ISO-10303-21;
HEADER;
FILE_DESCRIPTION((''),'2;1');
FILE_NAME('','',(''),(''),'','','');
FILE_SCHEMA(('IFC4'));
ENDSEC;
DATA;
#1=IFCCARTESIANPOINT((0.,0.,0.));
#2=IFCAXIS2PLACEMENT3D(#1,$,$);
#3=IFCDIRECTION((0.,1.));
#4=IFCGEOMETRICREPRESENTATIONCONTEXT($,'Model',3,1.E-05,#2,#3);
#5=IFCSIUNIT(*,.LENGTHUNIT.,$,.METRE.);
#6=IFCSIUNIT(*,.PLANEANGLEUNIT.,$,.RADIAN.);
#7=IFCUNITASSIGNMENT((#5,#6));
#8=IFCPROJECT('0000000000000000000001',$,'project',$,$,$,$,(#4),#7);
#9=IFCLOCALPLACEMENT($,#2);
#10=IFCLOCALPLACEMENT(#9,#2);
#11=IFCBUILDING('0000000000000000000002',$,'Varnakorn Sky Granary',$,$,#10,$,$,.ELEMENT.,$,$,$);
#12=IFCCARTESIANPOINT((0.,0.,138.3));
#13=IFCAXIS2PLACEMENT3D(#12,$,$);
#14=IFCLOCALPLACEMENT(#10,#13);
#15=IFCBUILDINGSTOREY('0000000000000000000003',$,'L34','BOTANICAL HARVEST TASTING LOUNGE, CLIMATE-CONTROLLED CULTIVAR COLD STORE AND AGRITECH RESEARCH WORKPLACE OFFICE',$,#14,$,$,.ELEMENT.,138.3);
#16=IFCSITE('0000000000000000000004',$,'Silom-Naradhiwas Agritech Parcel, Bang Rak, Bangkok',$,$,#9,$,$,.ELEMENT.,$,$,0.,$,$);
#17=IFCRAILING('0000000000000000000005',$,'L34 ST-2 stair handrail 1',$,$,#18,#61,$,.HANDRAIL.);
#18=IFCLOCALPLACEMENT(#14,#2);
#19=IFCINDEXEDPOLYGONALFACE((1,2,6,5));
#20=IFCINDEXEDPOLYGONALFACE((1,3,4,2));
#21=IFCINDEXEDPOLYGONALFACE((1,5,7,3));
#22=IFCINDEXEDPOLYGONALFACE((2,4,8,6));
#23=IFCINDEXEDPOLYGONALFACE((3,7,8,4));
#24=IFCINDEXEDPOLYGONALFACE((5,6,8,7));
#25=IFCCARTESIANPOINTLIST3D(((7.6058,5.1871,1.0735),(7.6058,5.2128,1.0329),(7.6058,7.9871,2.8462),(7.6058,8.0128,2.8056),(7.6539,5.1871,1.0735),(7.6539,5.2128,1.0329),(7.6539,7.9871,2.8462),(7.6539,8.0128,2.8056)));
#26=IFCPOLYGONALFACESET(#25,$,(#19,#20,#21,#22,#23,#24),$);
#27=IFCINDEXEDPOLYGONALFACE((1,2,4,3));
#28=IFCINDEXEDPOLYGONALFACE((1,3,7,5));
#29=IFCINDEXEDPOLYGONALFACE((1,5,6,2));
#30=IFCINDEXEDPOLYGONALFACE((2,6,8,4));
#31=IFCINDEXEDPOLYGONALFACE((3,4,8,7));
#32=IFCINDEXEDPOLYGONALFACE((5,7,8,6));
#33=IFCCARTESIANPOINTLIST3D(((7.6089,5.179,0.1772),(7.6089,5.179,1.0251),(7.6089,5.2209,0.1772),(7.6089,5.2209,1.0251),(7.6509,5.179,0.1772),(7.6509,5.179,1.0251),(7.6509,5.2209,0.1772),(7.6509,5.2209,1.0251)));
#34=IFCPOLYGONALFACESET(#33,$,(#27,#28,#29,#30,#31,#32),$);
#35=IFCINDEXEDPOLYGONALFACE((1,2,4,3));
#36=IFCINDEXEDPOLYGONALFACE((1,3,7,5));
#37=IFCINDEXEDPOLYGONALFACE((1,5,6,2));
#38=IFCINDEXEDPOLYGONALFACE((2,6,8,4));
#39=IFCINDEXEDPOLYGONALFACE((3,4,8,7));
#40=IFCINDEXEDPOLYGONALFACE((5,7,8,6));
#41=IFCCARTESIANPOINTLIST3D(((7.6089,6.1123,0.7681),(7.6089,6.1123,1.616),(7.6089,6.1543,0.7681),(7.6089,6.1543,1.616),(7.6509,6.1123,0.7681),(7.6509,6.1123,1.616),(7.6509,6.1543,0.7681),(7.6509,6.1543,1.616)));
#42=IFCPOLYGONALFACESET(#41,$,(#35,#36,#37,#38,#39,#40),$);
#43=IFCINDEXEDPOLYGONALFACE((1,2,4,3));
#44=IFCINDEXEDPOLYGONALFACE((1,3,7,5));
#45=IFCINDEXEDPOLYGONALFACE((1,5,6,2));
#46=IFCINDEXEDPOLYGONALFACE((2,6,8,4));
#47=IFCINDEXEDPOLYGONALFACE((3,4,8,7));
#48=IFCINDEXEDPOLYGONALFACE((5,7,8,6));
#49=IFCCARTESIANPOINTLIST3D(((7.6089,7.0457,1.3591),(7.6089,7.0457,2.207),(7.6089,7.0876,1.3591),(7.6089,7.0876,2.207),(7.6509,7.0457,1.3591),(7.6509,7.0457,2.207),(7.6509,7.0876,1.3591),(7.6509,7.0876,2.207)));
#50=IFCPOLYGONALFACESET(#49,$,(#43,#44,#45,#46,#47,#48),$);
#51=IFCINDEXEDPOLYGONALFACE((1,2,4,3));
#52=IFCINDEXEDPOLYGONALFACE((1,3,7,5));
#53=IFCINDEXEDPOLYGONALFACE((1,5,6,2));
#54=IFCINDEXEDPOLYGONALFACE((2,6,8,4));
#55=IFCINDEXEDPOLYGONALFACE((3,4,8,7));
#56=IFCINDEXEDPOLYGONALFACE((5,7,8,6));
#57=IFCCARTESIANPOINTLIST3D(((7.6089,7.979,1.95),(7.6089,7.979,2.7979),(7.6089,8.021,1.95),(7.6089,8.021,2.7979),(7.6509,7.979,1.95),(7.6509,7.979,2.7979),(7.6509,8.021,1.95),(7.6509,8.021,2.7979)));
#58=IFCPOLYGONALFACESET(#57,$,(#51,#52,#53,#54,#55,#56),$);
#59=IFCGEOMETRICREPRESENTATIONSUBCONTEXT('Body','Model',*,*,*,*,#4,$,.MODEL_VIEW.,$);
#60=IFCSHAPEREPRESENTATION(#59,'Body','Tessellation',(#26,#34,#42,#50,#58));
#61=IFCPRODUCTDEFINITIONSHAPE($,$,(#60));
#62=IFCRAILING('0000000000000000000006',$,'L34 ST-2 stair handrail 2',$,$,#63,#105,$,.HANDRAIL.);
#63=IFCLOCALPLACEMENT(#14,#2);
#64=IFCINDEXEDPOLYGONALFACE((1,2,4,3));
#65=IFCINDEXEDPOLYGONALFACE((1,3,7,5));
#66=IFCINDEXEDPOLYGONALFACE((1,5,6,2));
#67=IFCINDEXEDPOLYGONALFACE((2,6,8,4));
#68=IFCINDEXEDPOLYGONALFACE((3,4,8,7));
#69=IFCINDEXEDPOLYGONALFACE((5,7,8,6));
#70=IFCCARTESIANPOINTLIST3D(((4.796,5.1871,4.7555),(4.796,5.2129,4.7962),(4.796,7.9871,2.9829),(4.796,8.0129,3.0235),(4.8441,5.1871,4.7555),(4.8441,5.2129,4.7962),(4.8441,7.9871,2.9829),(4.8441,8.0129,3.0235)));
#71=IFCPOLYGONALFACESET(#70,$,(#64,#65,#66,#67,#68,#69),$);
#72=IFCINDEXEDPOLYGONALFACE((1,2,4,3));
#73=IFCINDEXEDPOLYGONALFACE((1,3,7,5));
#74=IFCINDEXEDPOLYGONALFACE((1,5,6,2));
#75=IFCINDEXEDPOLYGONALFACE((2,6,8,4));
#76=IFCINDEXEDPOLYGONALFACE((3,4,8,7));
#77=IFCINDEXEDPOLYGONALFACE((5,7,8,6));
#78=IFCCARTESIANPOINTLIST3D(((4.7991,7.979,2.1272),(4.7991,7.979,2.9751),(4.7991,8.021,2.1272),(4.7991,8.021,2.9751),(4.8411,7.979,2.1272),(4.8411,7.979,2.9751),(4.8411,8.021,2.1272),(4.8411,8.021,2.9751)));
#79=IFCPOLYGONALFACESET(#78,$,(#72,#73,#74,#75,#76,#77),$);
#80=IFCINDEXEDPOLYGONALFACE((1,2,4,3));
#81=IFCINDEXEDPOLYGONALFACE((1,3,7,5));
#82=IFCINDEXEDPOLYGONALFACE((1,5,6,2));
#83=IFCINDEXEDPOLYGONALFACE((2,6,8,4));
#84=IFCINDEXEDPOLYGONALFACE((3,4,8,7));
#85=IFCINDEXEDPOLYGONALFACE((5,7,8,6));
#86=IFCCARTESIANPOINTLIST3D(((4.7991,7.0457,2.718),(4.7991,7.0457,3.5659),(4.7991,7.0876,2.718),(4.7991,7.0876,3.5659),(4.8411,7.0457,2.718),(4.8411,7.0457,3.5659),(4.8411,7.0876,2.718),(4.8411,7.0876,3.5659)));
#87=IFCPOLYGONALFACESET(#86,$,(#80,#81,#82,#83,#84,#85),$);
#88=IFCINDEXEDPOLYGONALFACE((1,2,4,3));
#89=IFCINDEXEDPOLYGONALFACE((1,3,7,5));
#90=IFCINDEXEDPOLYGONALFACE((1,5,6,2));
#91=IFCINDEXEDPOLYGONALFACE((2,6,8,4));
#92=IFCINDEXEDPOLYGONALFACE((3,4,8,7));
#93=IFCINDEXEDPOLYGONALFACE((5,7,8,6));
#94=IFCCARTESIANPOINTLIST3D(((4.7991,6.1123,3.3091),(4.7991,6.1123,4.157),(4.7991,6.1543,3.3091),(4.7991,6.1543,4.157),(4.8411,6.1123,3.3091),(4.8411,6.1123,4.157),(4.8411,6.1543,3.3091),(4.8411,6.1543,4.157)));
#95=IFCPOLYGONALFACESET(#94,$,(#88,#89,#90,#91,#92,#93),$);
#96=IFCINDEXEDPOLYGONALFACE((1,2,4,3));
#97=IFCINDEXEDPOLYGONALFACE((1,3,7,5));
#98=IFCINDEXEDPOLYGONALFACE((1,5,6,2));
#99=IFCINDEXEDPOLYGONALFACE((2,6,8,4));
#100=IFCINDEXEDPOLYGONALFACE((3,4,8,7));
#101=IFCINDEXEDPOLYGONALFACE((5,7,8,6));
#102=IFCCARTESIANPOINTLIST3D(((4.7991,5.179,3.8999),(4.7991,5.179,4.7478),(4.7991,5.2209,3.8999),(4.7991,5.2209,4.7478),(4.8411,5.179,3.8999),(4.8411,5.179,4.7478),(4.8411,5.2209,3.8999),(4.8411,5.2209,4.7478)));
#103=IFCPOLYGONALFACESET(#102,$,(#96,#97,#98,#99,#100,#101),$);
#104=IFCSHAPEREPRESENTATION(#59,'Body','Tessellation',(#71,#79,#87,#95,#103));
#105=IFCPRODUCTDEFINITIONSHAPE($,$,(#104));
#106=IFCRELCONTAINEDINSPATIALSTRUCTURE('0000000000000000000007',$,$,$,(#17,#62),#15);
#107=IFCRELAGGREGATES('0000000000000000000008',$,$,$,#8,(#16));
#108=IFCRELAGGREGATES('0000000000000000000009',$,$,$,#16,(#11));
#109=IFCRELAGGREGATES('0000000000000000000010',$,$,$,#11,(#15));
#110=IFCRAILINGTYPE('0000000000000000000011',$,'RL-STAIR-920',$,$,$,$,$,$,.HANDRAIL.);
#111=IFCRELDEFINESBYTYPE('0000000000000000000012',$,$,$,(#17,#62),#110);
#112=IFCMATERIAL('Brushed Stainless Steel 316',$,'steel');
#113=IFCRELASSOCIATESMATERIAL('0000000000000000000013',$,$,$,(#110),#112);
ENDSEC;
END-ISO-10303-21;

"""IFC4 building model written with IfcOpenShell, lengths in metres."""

from ifc_helpers import new_model, si_unit, direction, frame, origin, origin_2d, place, context, subcontext, project, spatial, rectangle, extrude, material, type_object, element, save


model = new_model("IFC4")

# Units and contexts
model_context = context("Model", 3, precision=1e-05, world=origin(), true_north=direction((0.0, 1.0)))
body_context = subcontext(model_context, "Body", "Model", "MODEL_VIEW")
ifc_project = project(units=[si_unit("LENGTHUNIT", "METRE"), si_unit("PLANEANGLEUNIT", "RADIAN")], contexts=[model_context])

# Site, building, storey
site_placement = place(None, origin())
site = spatial("IfcSite", under=ifc_project, at=site_placement, Name="Silom-Naradhiwas Agritech Parcel, Bang Rak, Bangkok", CompositionType="ELEMENT", RefElevation=0.0)
building_placement = place(site_placement, origin())
building = spatial("IfcBuilding", under=site, at=building_placement, Name="Varnakorn Sky Granary", CompositionType="ELEMENT")
storey_placement = place(building_placement, frame((0.0, 0.0, 138.3)))
storey = spatial("IfcBuildingStorey", under=building, at=storey_placement, Name="L34", Description="BOTANICAL HARVEST TASTING LOUNGE, CLIMATE-CONTROLLED CULTIVAR COLD STORE AND AGRITECH RESEARCH WORKPLACE OFFICE", CompositionType="ELEMENT", Elevation=138.3)

# Railings
ifc_material_1 = material(Name="Brushed Stainless Steel 316", Category="steel")
railing_type_1 = type_object("IfcRailingType", Name="RL-STAIR-920", PredefinedType="HANDRAIL", material=ifc_material_1)
for number, where, name in (
    (1, (7.6299, 5.2, 0.1772), "L34 ST-2 stair handrail 1"),
):
    element("IfcRailing", number, at=place(storey_placement, frame(where)), inside=storey, type_object=railing_type_1, Name=name, PredefinedType="HANDRAIL", context=body_context, shape_type="SweptSolid", body=[
        extrude(rectangle(XDim=0.0481, YDim=0.0481, at=origin_2d()), frame((0.0, 0.0, 0.876), z_axis=(0.0, 0.844909, 0.53491), x_axis=(-1.0, 0.0, 0.0)), (0.0, 0.0, 1.0), 3.314),
        extrude(rectangle(XDim=0.042, YDim=0.042, at=origin_2d()), origin(), (0.0, 0.0, 1.0), 0.8479),
        extrude(rectangle(XDim=0.042, YDim=0.042, at=origin_2d()), frame((0.0, 0.9333, 0.5908)), (0.0, 0.0, 1.0), 0.8479),
        extrude(rectangle(XDim=0.042, YDim=0.042, at=origin_2d()), frame((0.0, 1.8667, 1.1819)), (0.0, 0.0, 1.0), 0.8479),
        extrude(rectangle(XDim=0.042, YDim=0.042, at=origin_2d()), frame((0.0, 2.8, 1.7727)), (0.0, 0.0, 1.0), 0.8479),
    ])
railing_1_placement = place(storey_placement, frame((4.8201, 8.0, 2.1272)))
element("IfcRailing", 2, at=railing_1_placement, inside=storey, type_object=railing_type_1, Name="L34 ST-2 stair handrail 2", PredefinedType="HANDRAIL", context=body_context, shape_type="SweptSolid", body=[
    extrude(rectangle(XDim=0.0481, YDim=0.0481, at=origin_2d()), frame((0.0, 0.0, 0.876), z_axis=(0.0, -0.844909, 0.53491), x_axis=(1.0, 0.0, 0.0)), (0.0, 0.0, 1.0), 3.314),
    extrude(rectangle(XDim=0.042, YDim=0.042, at=origin_2d()), origin(), (0.0, 0.0, 1.0), 0.8479),
    extrude(rectangle(XDim=0.042, YDim=0.042, at=origin_2d()), frame((0.0, -0.9333, 0.5908)), (0.0, 0.0, 1.0), 0.8479),
    extrude(rectangle(XDim=0.042, YDim=0.042, at=origin_2d()), frame((0.0, -1.8667, 1.1819)), (0.0, 0.0, 1.0), 0.8479),
    extrude(rectangle(XDim=0.042, YDim=0.042, at=origin_2d()), frame((0.0, -2.8, 1.7727)), (0.0, 0.0, 1.0), 0.8479),
])

save(model, "model.ifc")
